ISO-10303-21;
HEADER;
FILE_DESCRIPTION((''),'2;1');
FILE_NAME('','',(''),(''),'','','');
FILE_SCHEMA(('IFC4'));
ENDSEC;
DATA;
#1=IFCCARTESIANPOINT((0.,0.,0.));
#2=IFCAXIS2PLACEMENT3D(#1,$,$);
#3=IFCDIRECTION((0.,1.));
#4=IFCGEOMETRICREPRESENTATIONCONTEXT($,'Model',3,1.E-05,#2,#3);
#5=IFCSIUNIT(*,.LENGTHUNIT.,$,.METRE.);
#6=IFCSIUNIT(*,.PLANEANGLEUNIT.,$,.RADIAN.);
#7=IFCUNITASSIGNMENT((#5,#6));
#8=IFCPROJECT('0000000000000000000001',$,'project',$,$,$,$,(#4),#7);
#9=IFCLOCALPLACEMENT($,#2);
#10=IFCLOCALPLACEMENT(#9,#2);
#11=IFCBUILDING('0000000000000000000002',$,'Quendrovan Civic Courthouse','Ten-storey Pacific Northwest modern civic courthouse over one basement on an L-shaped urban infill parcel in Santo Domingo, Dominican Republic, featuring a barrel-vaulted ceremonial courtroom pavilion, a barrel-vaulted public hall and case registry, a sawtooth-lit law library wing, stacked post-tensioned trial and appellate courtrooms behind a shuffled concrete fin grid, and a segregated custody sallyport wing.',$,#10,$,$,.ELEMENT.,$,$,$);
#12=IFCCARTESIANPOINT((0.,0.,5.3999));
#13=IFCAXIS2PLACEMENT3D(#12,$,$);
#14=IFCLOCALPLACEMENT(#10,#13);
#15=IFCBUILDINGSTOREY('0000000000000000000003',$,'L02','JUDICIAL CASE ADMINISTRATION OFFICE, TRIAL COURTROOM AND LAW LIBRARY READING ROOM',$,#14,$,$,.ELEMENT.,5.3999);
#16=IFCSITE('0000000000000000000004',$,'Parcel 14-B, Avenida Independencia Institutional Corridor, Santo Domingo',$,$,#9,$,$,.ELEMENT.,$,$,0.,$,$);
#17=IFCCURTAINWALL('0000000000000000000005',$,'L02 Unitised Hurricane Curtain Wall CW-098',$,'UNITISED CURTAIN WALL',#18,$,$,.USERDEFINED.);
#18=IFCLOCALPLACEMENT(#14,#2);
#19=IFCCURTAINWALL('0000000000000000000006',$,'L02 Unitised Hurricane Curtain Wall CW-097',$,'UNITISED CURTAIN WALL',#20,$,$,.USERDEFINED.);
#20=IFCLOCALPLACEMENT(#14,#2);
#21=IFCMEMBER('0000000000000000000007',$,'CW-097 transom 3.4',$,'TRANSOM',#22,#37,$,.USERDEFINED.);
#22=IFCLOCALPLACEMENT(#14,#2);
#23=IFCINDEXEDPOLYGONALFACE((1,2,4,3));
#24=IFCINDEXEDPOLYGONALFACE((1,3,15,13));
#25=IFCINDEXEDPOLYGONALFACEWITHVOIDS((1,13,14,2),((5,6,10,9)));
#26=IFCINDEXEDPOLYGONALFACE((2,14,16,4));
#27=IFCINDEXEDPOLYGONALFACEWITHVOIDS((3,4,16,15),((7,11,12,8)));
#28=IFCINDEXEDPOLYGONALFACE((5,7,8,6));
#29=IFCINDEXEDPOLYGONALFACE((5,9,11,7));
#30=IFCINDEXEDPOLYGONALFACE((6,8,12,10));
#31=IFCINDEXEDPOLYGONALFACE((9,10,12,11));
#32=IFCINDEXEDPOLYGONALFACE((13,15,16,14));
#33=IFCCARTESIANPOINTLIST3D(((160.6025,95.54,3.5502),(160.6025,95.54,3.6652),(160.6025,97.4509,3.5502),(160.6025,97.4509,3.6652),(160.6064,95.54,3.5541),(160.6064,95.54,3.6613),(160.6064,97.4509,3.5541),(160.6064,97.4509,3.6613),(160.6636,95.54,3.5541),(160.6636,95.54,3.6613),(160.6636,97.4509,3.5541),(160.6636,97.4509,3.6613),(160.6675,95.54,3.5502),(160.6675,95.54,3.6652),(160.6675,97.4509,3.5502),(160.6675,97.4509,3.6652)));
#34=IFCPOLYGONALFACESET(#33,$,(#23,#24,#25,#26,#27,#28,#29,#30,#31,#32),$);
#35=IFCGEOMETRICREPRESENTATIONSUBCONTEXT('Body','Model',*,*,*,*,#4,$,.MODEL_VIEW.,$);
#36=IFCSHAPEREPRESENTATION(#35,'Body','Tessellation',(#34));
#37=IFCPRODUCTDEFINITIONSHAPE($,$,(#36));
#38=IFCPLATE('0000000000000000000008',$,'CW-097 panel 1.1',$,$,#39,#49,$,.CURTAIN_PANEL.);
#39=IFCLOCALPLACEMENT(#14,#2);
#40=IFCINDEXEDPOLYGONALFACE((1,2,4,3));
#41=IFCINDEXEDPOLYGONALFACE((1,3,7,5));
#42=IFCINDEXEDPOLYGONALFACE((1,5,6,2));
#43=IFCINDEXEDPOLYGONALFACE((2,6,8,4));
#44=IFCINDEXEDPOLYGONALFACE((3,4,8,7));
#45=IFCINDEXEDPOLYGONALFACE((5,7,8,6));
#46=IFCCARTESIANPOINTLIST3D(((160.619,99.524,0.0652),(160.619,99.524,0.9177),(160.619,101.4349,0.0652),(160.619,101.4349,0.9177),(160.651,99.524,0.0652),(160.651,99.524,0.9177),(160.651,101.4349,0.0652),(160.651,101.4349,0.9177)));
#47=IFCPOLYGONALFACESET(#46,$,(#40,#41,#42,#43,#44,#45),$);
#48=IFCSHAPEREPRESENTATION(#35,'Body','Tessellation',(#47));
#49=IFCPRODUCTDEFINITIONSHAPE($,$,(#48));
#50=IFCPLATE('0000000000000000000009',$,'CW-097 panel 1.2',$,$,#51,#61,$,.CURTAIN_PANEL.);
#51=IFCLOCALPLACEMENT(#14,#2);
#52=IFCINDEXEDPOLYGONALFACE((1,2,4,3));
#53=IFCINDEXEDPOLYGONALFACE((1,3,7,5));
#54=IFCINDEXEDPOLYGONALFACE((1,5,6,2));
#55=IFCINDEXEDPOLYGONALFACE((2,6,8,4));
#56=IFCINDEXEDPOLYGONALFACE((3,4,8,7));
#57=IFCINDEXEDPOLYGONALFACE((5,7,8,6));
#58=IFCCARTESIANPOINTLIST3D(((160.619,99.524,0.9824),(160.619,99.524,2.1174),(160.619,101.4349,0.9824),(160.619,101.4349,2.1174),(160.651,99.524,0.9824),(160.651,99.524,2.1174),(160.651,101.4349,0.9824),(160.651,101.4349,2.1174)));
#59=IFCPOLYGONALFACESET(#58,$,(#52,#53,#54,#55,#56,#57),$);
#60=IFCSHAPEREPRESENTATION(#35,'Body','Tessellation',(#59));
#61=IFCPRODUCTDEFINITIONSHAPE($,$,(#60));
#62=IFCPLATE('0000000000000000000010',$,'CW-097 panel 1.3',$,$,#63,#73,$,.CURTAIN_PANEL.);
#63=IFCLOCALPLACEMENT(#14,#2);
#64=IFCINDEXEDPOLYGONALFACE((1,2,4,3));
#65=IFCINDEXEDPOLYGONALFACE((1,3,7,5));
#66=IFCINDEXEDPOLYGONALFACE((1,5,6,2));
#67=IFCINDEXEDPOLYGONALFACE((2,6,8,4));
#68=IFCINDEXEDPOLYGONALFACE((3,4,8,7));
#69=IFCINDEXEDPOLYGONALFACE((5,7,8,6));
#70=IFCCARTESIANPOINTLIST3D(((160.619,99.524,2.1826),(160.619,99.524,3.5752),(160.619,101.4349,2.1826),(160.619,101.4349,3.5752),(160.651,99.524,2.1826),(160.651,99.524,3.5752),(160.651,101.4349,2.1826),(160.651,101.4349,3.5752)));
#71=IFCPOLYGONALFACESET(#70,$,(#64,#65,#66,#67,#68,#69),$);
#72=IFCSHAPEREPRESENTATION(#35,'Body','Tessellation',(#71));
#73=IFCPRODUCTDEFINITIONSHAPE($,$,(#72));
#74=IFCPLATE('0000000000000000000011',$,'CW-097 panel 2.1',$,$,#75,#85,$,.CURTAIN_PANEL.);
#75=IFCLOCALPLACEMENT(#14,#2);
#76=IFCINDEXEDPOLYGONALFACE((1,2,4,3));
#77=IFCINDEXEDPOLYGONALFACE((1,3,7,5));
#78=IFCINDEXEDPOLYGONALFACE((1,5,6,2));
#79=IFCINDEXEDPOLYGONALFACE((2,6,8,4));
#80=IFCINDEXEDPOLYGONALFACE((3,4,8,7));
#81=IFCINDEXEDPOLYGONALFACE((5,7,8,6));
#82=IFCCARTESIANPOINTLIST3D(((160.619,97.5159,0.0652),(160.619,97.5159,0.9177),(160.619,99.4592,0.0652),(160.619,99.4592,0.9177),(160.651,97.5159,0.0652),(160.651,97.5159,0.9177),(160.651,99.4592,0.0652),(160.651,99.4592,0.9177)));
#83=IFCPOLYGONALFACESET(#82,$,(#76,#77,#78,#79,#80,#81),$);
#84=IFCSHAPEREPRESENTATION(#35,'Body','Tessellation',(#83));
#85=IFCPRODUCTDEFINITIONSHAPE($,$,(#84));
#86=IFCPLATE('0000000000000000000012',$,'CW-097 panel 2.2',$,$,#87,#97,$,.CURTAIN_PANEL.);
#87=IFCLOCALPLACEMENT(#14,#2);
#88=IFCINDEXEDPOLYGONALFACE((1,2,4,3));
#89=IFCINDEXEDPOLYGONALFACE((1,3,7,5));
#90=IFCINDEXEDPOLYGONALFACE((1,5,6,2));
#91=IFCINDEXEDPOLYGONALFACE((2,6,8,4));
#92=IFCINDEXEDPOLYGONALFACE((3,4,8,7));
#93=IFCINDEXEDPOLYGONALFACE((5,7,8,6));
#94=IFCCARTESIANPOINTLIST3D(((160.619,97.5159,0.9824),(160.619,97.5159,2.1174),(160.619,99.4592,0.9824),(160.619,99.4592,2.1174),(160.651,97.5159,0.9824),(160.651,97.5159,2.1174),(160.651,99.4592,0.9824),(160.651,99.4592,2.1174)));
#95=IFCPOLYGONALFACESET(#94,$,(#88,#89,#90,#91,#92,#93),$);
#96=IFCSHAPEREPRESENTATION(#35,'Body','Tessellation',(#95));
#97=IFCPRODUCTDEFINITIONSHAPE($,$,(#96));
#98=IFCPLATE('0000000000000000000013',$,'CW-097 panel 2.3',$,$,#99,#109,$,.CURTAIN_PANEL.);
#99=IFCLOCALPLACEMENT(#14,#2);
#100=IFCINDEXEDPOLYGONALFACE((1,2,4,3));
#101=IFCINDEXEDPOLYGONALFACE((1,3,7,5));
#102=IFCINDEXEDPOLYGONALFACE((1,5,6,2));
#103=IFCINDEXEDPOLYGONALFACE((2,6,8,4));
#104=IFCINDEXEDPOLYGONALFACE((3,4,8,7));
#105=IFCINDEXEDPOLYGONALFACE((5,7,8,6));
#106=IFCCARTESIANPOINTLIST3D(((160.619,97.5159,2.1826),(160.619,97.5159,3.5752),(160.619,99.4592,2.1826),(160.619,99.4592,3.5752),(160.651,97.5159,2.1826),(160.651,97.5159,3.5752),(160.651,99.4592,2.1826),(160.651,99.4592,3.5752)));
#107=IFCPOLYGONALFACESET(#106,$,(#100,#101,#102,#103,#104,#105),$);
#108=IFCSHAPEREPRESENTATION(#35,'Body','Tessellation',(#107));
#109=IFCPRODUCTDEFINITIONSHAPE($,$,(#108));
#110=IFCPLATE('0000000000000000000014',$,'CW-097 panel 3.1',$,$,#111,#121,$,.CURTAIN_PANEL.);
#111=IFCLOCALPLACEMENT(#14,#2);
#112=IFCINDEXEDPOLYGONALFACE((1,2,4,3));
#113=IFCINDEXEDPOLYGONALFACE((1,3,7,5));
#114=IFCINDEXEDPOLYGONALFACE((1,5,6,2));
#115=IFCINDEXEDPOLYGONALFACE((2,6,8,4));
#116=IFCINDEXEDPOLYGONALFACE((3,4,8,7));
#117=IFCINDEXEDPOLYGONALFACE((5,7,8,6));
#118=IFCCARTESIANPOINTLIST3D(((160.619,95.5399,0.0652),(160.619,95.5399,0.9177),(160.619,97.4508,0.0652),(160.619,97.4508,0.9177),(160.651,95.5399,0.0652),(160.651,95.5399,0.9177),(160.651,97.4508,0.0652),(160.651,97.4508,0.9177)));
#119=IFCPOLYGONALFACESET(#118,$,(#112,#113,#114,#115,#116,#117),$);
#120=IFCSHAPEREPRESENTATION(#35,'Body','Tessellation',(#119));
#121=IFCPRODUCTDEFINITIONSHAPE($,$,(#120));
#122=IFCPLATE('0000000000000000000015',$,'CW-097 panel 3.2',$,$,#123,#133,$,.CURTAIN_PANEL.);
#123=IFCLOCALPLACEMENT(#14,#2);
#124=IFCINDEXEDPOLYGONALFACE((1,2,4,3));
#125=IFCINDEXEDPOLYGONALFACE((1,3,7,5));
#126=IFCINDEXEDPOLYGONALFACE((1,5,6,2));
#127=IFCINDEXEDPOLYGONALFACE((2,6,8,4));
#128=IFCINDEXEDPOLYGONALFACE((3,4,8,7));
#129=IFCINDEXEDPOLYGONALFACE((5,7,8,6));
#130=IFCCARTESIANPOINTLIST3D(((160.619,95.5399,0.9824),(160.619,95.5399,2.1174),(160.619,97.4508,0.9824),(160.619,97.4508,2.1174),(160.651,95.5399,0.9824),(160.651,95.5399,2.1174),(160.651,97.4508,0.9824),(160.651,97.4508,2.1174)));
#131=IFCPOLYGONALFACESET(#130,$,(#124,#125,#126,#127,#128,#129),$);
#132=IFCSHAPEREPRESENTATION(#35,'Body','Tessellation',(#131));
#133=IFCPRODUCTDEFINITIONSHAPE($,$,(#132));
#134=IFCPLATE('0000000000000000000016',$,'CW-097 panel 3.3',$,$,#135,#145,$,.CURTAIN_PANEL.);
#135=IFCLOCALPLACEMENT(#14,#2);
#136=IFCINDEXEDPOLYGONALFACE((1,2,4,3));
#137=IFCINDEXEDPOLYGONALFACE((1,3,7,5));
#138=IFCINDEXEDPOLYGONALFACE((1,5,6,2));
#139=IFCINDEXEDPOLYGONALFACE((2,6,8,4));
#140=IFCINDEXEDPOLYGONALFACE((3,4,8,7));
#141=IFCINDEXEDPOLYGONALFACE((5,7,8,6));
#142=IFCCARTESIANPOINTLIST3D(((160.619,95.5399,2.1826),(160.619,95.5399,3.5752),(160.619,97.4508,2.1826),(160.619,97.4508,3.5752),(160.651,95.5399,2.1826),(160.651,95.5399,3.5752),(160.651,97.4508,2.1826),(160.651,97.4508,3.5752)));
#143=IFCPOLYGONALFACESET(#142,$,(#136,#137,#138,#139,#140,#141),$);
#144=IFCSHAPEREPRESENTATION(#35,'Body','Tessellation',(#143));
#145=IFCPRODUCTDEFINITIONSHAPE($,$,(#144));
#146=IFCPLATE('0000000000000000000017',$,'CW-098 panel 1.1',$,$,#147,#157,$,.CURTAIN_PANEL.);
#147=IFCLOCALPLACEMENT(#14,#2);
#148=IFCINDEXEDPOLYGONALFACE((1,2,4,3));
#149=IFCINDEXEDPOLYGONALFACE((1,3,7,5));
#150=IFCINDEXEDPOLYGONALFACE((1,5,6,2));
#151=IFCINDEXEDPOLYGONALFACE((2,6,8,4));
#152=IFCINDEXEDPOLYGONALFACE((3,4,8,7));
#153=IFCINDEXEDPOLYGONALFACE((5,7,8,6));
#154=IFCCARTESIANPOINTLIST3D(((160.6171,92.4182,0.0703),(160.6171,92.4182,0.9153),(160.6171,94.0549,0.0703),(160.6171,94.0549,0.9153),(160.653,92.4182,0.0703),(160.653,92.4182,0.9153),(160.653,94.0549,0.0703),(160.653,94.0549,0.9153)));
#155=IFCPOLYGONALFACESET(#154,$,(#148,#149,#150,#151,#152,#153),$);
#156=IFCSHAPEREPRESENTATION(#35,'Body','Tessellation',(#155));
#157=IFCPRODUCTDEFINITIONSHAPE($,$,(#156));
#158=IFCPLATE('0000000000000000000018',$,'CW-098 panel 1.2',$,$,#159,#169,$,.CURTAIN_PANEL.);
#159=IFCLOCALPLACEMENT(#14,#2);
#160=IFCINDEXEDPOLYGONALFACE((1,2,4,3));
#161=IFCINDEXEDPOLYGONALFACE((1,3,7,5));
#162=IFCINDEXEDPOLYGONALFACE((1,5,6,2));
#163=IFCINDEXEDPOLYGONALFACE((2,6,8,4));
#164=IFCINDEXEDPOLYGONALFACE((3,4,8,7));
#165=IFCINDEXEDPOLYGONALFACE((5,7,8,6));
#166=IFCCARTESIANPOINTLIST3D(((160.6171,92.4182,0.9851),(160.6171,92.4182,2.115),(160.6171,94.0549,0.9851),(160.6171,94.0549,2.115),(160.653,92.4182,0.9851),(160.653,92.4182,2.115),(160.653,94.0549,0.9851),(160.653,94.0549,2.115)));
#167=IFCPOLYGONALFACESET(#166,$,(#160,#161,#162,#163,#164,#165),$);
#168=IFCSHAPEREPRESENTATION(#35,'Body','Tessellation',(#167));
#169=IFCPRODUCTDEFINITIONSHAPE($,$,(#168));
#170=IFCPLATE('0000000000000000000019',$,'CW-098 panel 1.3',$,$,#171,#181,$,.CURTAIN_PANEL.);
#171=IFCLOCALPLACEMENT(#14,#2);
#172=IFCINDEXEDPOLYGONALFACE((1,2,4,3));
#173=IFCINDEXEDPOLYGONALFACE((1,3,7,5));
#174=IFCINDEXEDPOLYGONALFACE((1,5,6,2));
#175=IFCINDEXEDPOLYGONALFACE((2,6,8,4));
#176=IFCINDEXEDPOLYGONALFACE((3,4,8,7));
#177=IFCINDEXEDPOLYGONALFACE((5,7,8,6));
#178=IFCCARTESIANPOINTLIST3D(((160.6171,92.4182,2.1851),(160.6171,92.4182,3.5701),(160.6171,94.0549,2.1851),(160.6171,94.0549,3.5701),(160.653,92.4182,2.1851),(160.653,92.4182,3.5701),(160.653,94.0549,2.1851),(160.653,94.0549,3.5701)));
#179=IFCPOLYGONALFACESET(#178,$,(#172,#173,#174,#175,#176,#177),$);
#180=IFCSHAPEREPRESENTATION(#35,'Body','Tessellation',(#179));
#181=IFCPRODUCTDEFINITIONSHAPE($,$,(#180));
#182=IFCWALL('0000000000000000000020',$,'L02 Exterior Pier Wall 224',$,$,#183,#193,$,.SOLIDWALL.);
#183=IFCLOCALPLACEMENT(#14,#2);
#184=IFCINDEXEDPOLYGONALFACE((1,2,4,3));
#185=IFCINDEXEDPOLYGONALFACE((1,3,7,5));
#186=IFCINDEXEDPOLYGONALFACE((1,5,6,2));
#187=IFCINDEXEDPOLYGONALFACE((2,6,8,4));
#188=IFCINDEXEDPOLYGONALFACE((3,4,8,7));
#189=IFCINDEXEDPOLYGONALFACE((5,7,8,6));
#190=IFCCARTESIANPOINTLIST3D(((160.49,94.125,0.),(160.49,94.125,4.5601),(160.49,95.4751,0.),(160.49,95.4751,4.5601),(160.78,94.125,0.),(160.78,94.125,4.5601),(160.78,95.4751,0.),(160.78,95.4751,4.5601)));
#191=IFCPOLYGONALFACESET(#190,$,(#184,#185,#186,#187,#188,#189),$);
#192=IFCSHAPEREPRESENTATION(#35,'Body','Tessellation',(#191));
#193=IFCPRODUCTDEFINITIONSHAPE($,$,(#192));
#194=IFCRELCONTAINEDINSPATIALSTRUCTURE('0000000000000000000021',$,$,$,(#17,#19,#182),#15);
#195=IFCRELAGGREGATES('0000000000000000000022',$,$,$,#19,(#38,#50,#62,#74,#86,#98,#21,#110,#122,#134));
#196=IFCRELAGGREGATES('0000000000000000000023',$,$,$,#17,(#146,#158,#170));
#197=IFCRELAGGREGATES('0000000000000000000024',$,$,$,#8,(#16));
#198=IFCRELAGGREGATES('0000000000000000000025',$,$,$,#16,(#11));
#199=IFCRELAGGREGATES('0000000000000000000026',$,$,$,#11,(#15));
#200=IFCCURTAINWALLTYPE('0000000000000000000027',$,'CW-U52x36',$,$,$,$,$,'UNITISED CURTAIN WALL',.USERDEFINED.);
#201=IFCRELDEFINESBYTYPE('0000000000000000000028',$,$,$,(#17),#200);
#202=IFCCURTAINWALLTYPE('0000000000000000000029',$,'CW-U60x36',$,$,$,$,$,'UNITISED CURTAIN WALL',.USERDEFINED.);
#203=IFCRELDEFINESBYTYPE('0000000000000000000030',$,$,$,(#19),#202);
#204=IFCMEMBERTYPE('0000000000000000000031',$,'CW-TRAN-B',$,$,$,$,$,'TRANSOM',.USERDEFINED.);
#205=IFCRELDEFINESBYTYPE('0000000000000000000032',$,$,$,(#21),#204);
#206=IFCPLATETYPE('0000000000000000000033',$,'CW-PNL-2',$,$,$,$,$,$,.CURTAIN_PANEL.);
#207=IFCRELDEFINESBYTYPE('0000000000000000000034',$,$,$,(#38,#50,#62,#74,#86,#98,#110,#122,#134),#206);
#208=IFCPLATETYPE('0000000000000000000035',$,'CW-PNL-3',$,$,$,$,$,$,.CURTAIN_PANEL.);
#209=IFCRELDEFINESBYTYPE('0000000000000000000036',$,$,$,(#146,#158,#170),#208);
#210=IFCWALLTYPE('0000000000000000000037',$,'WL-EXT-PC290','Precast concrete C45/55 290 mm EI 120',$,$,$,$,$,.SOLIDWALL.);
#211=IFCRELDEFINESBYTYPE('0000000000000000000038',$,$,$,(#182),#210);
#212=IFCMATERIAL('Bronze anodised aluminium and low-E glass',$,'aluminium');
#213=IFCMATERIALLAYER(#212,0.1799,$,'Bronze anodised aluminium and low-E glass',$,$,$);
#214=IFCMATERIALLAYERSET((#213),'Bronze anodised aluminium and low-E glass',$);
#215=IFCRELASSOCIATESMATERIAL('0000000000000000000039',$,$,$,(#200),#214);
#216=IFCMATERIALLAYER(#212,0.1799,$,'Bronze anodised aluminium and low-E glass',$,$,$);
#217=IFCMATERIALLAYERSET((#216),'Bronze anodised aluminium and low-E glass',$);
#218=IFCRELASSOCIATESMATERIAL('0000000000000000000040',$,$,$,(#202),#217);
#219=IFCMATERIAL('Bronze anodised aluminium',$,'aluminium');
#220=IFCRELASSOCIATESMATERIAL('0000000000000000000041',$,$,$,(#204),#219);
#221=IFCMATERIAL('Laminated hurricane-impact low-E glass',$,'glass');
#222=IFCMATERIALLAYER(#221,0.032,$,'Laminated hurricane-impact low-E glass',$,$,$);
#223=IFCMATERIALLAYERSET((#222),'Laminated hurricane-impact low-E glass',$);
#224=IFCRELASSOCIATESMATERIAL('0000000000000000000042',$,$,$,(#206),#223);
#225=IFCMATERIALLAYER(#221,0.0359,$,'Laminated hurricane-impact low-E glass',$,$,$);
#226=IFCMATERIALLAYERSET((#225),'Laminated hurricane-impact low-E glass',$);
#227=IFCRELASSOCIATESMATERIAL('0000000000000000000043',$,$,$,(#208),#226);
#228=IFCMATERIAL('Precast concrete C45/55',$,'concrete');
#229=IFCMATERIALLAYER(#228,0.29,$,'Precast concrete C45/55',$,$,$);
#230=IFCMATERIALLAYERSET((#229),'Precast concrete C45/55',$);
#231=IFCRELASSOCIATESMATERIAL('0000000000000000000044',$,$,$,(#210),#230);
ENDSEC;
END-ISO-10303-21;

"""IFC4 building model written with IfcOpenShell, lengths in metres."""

from ifc_helpers import new_model, si_unit, direction, frame, frame_2d, origin, origin_2d, place, context, subcontext, project, spatial, rectangle, hollow_rectangle, extrude, material, layer, layer_set, material_profile, profile_set, type_object, element, aggregate, save


model = new_model("IFC4")

# Units and contexts
model_context = context("Model", 3, precision=1e-05, world=origin(), true_north=direction((0.0, 1.0)))
body_context = subcontext(model_context, "Body", "Model", "MODEL_VIEW")
ifc_project = project(units=[si_unit("LENGTHUNIT", "METRE"), si_unit("PLANEANGLEUNIT", "RADIAN")], contexts=[model_context])

# Site, building, storey
site_placement = place(None, origin())
site = spatial("IfcSite", under=ifc_project, at=site_placement, Name="Parcel 14-B, Avenida Independencia Institutional Corridor, Santo Domingo", CompositionType="ELEMENT", RefElevation=0.0)
building_placement = place(site_placement, origin())
building = spatial("IfcBuilding", under=site, at=building_placement, Name="Quendrovan Civic Courthouse", Description="Ten-storey Pacific Northwest modern civic courthouse over one basement on an L-shaped urban infill parcel in Santo Domingo, Dominican Republic, featuring a barrel-vaulted ceremonial courtroom pavilion, a barrel-vaulted public hall and case registry, a sawtooth-lit law library wing, stacked post-tensioned trial and appellate courtrooms behind a shuffled concrete fin grid, and a segregated custody sallyport wing.", CompositionType="ELEMENT")
storey_placement = place(building_placement, frame((0.0, 0.0, 5.3999)))
storey = spatial("IfcBuildingStorey", under=building, at=storey_placement, Name="L02", Description="JUDICIAL CASE ADMINISTRATION OFFICE, TRIAL COURTROOM AND LAW LIBRARY READING ROOM", CompositionType="ELEMENT", Elevation=5.3999)

# Curtain walls
ifc_material_1 = material(Name="Bronze anodised aluminium and low-E glass", Category="aluminium")
ifc_layer_1 = layer(ifc_material_1, 0.1799, Name="Bronze anodised aluminium and low-E glass")
ifc_layer_set_1 = layer_set([ifc_layer_1], Name="Bronze anodised aluminium and low-E glass")
curtain_wall_type_1 = type_object("IfcCurtainWallType", Name="CW-U52x36", ElementType="UNITISED CURTAIN WALL", PredefinedType="USERDEFINED", material=ifc_layer_set_1)
curtain_wall_1_placement = place(storey_placement, origin())
curtain_wall_1 = element("IfcCurtainWall", 1, at=curtain_wall_1_placement, inside=storey, type_object=curtain_wall_type_1, Name="L02 Unitised Hurricane Curtain Wall CW-098", ObjectType="UNITISED CURTAIN WALL", PredefinedType="USERDEFINED")
ifc_material_2 = material(Name="Bronze anodised aluminium", Category="aluminium")
ifc_layer_2 = layer(ifc_material_1, 0.1799, Name="Bronze anodised aluminium and low-E glass")
ifc_layer_set_2 = layer_set([ifc_layer_2], Name="Bronze anodised aluminium and low-E glass")
curtain_wall_type_2 = type_object("IfcCurtainWallType", Name="CW-U60x36", ElementType="UNITISED CURTAIN WALL", PredefinedType="USERDEFINED", material=ifc_layer_set_2)
curtain_wall_2_placement = place(storey_placement, origin())
curtain_wall_2 = element("IfcCurtainWall", 2, at=curtain_wall_2_placement, inside=storey, type_object=curtain_wall_type_2, Name="L02 Unitised Hurricane Curtain Wall CW-097", ObjectType="UNITISED CURTAIN WALL", PredefinedType="USERDEFINED")

# Member
ifc_material_profile_1 = material_profile(ifc_material_2, hollow_rectangle(XDim=0.0649, YDim=0.115, WallThickness=0.0039, at=origin_2d()), Name="CW-TRAN-65x115")
ifc_profile_set_1 = profile_set([ifc_material_profile_1], Name="Bronze anodised aluminium")
member_type_1 = type_object("IfcMemberType", Name="CW-TRAN-B", ElementType="TRANSOM", PredefinedType="USERDEFINED", material=ifc_profile_set_1)
member_1_placement = place(storey_placement, frame((160.635, 97.4509, 3.6077), z_axis=(0.0, -1.0, 0.0), x_axis=(1.0, 0.0, 0.0)))
member_1 = element("IfcMember", 3, at=member_1_placement, type_object=member_type_1, Name="CW-097 transom 3.4", ObjectType="TRANSOM", PredefinedType="USERDEFINED", context=body_context, shape_type="SweptSolid", body=[
    extrude(hollow_rectangle(XDim=0.0649, YDim=0.115, WallThickness=0.0039, at=origin_2d()), origin(), (0.0, 0.0, 1.0), 1.9109),
])

# Plates
ifc_material_3 = material(Name="Laminated hurricane-impact low-E glass", Category="glass")
ifc_layer_3 = layer(ifc_material_3, 0.032, Name="Laminated hurricane-impact low-E glass")
ifc_layer_set_3 = layer_set([ifc_layer_3], Name="Laminated hurricane-impact low-E glass")
plate_type_1 = type_object("IfcPlateType", Name="CW-PNL-2", PredefinedType="CURTAIN_PANEL", material=ifc_layer_set_3)
plate_1_placement = place(storey_placement, frame((160.635, 100.4795, 0.0652), z_axis=(0.0, 0.0, 1.0), x_axis=(0.0, -1.0, 0.0)))
plate_1 = element("IfcPlate", 4, at=plate_1_placement, type_object=plate_type_1, Name="CW-097 panel 1.1", PredefinedType="CURTAIN_PANEL", context=body_context, shape_type="SweptSolid", body=[
    extrude(rectangle(XDim=1.9109, YDim=0.032, at=origin_2d()), origin(), (0.0, 0.0, 1.0), 0.8525),
])
plate_2_placement = place(storey_placement, frame((160.635, 100.4795, 0.9824), z_axis=(0.0, 0.0, 1.0), x_axis=(0.0, -1.0, 0.0)))
plate_2 = element("IfcPlate", 5, at=plate_2_placement, type_object=plate_type_1, Name="CW-097 panel 1.2", PredefinedType="CURTAIN_PANEL", context=body_context, shape_type="SweptSolid", body=[
    extrude(rectangle(XDim=1.9109, YDim=0.032, at=origin_2d()), origin(), (0.0, 0.0, 1.0), 1.135),
])
plate_3_placement = place(storey_placement, frame((160.635, 100.4795, 2.1826), z_axis=(0.0, 0.0, 1.0), x_axis=(0.0, -1.0, 0.0)))
plate_3 = element("IfcPlate", 6, at=plate_3_placement, type_object=plate_type_1, Name="CW-097 panel 1.3", PredefinedType="CURTAIN_PANEL", context=body_context, shape_type="SweptSolid", body=[
    extrude(rectangle(XDim=1.9109, YDim=0.032, at=origin_2d()), origin(), (0.0, 0.0, 1.0), 1.3926),
])
plate_4_placement = place(storey_placement, frame((160.635, 98.4875, 0.0652), z_axis=(0.0, 0.0, 1.0), x_axis=(0.0, -1.0, 0.0)))
plate_4 = element("IfcPlate", 7, at=plate_4_placement, type_object=plate_type_1, Name="CW-097 panel 2.1", PredefinedType="CURTAIN_PANEL", context=body_context, shape_type="SweptSolid", body=[
    extrude(rectangle(XDim=1.9434, YDim=0.032, at=origin_2d()), origin(), (0.0, 0.0, 1.0), 0.8525),
])
plate_5_placement = place(storey_placement, frame((160.635, 98.4875, 0.9824), z_axis=(0.0, 0.0, 1.0), x_axis=(0.0, -1.0, 0.0)))
plate_5 = element("IfcPlate", 8, at=plate_5_placement, type_object=plate_type_1, Name="CW-097 panel 2.2", PredefinedType="CURTAIN_PANEL", context=body_context, shape_type="SweptSolid", body=[
    extrude(rectangle(XDim=1.9434, YDim=0.032, at=origin_2d()), origin(), (0.0, 0.0, 1.0), 1.135),
])
plate_6_placement = place(storey_placement, frame((160.635, 98.4875, 2.1826), z_axis=(0.0, 0.0, 1.0), x_axis=(0.0, -1.0, 0.0)))
plate_6 = element("IfcPlate", 9, at=plate_6_placement, type_object=plate_type_1, Name="CW-097 panel 2.3", PredefinedType="CURTAIN_PANEL", context=body_context, shape_type="SweptSolid", body=[
    extrude(rectangle(XDim=1.9434, YDim=0.032, at=origin_2d()), origin(), (0.0, 0.0, 1.0), 1.3926),
])
plate_7_placement = place(storey_placement, frame((160.635, 96.4954, 0.0652), z_axis=(0.0, 0.0, 1.0), x_axis=(0.0, -1.0, 0.0)))
plate_7 = element("IfcPlate", 10, at=plate_7_placement, type_object=plate_type_1, Name="CW-097 panel 3.1", PredefinedType="CURTAIN_PANEL", context=body_context, shape_type="SweptSolid", body=[
    extrude(rectangle(XDim=1.9109, YDim=0.032, at=origin_2d()), origin(), (0.0, 0.0, 1.0), 0.8525),
])
plate_8_placement = place(storey_placement, frame((160.635, 96.4954, 0.9824), z_axis=(0.0, 0.0, 1.0), x_axis=(0.0, -1.0, 0.0)))
plate_8 = element("IfcPlate", 11, at=plate_8_placement, type_object=plate_type_1, Name="CW-097 panel 3.2", PredefinedType="CURTAIN_PANEL", context=body_context, shape_type="SweptSolid", body=[
    extrude(rectangle(XDim=1.9109, YDim=0.032, at=origin_2d()), origin(), (0.0, 0.0, 1.0), 1.135),
])
plate_9_placement = place(storey_placement, frame((160.635, 96.4954, 2.1826), z_axis=(0.0, 0.0, 1.0), x_axis=(0.0, -1.0, 0.0)))
plate_9 = element("IfcPlate", 12, at=plate_9_placement, type_object=plate_type_1, Name="CW-097 panel 3.3", PredefinedType="CURTAIN_PANEL", context=body_context, shape_type="SweptSolid", body=[
    extrude(rectangle(XDim=1.9109, YDim=0.032, at=origin_2d()), origin(), (0.0, 0.0, 1.0), 1.3926),
])
aggregate(curtain_wall_2, [plate_1, plate_2, plate_3, plate_4, plate_5, plate_6, member_1, plate_7, plate_8, plate_9])
ifc_layer_4 = layer(ifc_material_3, 0.0359, Name="Laminated hurricane-impact low-E glass")
ifc_layer_set_4 = layer_set([ifc_layer_4], Name="Laminated hurricane-impact low-E glass")
plate_type_2 = type_object("IfcPlateType", Name="CW-PNL-3", PredefinedType="CURTAIN_PANEL", material=ifc_layer_set_4)
plate_10_placement = place(storey_placement, frame((160.635, 93.2366, 0.0703), z_axis=(0.0, 0.0, 1.0), x_axis=(0.0, -1.0, 0.0)))
plate_10 = element("IfcPlate", 13, at=plate_10_placement, type_object=plate_type_2, Name="CW-098 panel 1.1", PredefinedType="CURTAIN_PANEL", context=body_context, shape_type="SweptSolid", body=[
    extrude(rectangle(XDim=1.6367, YDim=0.0359, at=origin_2d()), origin(), (0.0, 0.0, 1.0), 0.845),
])
plate_11_placement = place(storey_placement, frame((160.635, 93.2366, 0.9851), z_axis=(0.0, 0.0, 1.0), x_axis=(0.0, -1.0, 0.0)))
plate_11 = element("IfcPlate", 14, at=plate_11_placement, type_object=plate_type_2, Name="CW-098 panel 1.2", PredefinedType="CURTAIN_PANEL", context=body_context, shape_type="SweptSolid", body=[
    extrude(rectangle(XDim=1.6367, YDim=0.0359, at=origin_2d()), origin(), (0.0, 0.0, 1.0), 1.1299),
])
plate_12_placement = place(storey_placement, frame((160.635, 93.2366, 2.1851), z_axis=(0.0, 0.0, 1.0), x_axis=(0.0, -1.0, 0.0)))
plate_12 = element("IfcPlate", 15, at=plate_12_placement, type_object=plate_type_2, Name="CW-098 panel 1.3", PredefinedType="CURTAIN_PANEL", context=body_context, shape_type="SweptSolid", body=[
    extrude(rectangle(XDim=1.6367, YDim=0.0359, at=origin_2d()), origin(), (0.0, 0.0, 1.0), 1.385),
])
aggregate(curtain_wall_1, [plate_10, plate_11, plate_12])

# Wall
ifc_material_4 = material(Name="Precast concrete C45/55", Category="concrete")
ifc_layer_5 = layer(ifc_material_4, 0.29, Name="Precast concrete C45/55")
ifc_layer_set_5 = layer_set([ifc_layer_5], Name="Precast concrete C45/55")
wall_type_1 = type_object("IfcWallType", Name="WL-EXT-PC290", Description="Precast concrete C45/55 290 mm EI 120", PredefinedType="SOLIDWALL", material=ifc_layer_set_5)
wall_1_placement = place(storey_placement, frame((160.635, 95.4751, 0.0), z_axis=(0.0, 0.0, 1.0), x_axis=(0.0, -1.0, 0.0)))
element("IfcWall", 16, at=wall_1_placement, inside=storey, type_object=wall_type_1, Name="L02 Exterior Pier Wall 224", PredefinedType="SOLIDWALL", context=body_context, shape_type="SweptSolid", body=[
    extrude(rectangle(XDim=1.3501, YDim=0.29, at=frame_2d((0.675, 0.0))), origin(), (0.0, 0.0, 1.0), 4.5601),
])

save(model, "model.ifc")
